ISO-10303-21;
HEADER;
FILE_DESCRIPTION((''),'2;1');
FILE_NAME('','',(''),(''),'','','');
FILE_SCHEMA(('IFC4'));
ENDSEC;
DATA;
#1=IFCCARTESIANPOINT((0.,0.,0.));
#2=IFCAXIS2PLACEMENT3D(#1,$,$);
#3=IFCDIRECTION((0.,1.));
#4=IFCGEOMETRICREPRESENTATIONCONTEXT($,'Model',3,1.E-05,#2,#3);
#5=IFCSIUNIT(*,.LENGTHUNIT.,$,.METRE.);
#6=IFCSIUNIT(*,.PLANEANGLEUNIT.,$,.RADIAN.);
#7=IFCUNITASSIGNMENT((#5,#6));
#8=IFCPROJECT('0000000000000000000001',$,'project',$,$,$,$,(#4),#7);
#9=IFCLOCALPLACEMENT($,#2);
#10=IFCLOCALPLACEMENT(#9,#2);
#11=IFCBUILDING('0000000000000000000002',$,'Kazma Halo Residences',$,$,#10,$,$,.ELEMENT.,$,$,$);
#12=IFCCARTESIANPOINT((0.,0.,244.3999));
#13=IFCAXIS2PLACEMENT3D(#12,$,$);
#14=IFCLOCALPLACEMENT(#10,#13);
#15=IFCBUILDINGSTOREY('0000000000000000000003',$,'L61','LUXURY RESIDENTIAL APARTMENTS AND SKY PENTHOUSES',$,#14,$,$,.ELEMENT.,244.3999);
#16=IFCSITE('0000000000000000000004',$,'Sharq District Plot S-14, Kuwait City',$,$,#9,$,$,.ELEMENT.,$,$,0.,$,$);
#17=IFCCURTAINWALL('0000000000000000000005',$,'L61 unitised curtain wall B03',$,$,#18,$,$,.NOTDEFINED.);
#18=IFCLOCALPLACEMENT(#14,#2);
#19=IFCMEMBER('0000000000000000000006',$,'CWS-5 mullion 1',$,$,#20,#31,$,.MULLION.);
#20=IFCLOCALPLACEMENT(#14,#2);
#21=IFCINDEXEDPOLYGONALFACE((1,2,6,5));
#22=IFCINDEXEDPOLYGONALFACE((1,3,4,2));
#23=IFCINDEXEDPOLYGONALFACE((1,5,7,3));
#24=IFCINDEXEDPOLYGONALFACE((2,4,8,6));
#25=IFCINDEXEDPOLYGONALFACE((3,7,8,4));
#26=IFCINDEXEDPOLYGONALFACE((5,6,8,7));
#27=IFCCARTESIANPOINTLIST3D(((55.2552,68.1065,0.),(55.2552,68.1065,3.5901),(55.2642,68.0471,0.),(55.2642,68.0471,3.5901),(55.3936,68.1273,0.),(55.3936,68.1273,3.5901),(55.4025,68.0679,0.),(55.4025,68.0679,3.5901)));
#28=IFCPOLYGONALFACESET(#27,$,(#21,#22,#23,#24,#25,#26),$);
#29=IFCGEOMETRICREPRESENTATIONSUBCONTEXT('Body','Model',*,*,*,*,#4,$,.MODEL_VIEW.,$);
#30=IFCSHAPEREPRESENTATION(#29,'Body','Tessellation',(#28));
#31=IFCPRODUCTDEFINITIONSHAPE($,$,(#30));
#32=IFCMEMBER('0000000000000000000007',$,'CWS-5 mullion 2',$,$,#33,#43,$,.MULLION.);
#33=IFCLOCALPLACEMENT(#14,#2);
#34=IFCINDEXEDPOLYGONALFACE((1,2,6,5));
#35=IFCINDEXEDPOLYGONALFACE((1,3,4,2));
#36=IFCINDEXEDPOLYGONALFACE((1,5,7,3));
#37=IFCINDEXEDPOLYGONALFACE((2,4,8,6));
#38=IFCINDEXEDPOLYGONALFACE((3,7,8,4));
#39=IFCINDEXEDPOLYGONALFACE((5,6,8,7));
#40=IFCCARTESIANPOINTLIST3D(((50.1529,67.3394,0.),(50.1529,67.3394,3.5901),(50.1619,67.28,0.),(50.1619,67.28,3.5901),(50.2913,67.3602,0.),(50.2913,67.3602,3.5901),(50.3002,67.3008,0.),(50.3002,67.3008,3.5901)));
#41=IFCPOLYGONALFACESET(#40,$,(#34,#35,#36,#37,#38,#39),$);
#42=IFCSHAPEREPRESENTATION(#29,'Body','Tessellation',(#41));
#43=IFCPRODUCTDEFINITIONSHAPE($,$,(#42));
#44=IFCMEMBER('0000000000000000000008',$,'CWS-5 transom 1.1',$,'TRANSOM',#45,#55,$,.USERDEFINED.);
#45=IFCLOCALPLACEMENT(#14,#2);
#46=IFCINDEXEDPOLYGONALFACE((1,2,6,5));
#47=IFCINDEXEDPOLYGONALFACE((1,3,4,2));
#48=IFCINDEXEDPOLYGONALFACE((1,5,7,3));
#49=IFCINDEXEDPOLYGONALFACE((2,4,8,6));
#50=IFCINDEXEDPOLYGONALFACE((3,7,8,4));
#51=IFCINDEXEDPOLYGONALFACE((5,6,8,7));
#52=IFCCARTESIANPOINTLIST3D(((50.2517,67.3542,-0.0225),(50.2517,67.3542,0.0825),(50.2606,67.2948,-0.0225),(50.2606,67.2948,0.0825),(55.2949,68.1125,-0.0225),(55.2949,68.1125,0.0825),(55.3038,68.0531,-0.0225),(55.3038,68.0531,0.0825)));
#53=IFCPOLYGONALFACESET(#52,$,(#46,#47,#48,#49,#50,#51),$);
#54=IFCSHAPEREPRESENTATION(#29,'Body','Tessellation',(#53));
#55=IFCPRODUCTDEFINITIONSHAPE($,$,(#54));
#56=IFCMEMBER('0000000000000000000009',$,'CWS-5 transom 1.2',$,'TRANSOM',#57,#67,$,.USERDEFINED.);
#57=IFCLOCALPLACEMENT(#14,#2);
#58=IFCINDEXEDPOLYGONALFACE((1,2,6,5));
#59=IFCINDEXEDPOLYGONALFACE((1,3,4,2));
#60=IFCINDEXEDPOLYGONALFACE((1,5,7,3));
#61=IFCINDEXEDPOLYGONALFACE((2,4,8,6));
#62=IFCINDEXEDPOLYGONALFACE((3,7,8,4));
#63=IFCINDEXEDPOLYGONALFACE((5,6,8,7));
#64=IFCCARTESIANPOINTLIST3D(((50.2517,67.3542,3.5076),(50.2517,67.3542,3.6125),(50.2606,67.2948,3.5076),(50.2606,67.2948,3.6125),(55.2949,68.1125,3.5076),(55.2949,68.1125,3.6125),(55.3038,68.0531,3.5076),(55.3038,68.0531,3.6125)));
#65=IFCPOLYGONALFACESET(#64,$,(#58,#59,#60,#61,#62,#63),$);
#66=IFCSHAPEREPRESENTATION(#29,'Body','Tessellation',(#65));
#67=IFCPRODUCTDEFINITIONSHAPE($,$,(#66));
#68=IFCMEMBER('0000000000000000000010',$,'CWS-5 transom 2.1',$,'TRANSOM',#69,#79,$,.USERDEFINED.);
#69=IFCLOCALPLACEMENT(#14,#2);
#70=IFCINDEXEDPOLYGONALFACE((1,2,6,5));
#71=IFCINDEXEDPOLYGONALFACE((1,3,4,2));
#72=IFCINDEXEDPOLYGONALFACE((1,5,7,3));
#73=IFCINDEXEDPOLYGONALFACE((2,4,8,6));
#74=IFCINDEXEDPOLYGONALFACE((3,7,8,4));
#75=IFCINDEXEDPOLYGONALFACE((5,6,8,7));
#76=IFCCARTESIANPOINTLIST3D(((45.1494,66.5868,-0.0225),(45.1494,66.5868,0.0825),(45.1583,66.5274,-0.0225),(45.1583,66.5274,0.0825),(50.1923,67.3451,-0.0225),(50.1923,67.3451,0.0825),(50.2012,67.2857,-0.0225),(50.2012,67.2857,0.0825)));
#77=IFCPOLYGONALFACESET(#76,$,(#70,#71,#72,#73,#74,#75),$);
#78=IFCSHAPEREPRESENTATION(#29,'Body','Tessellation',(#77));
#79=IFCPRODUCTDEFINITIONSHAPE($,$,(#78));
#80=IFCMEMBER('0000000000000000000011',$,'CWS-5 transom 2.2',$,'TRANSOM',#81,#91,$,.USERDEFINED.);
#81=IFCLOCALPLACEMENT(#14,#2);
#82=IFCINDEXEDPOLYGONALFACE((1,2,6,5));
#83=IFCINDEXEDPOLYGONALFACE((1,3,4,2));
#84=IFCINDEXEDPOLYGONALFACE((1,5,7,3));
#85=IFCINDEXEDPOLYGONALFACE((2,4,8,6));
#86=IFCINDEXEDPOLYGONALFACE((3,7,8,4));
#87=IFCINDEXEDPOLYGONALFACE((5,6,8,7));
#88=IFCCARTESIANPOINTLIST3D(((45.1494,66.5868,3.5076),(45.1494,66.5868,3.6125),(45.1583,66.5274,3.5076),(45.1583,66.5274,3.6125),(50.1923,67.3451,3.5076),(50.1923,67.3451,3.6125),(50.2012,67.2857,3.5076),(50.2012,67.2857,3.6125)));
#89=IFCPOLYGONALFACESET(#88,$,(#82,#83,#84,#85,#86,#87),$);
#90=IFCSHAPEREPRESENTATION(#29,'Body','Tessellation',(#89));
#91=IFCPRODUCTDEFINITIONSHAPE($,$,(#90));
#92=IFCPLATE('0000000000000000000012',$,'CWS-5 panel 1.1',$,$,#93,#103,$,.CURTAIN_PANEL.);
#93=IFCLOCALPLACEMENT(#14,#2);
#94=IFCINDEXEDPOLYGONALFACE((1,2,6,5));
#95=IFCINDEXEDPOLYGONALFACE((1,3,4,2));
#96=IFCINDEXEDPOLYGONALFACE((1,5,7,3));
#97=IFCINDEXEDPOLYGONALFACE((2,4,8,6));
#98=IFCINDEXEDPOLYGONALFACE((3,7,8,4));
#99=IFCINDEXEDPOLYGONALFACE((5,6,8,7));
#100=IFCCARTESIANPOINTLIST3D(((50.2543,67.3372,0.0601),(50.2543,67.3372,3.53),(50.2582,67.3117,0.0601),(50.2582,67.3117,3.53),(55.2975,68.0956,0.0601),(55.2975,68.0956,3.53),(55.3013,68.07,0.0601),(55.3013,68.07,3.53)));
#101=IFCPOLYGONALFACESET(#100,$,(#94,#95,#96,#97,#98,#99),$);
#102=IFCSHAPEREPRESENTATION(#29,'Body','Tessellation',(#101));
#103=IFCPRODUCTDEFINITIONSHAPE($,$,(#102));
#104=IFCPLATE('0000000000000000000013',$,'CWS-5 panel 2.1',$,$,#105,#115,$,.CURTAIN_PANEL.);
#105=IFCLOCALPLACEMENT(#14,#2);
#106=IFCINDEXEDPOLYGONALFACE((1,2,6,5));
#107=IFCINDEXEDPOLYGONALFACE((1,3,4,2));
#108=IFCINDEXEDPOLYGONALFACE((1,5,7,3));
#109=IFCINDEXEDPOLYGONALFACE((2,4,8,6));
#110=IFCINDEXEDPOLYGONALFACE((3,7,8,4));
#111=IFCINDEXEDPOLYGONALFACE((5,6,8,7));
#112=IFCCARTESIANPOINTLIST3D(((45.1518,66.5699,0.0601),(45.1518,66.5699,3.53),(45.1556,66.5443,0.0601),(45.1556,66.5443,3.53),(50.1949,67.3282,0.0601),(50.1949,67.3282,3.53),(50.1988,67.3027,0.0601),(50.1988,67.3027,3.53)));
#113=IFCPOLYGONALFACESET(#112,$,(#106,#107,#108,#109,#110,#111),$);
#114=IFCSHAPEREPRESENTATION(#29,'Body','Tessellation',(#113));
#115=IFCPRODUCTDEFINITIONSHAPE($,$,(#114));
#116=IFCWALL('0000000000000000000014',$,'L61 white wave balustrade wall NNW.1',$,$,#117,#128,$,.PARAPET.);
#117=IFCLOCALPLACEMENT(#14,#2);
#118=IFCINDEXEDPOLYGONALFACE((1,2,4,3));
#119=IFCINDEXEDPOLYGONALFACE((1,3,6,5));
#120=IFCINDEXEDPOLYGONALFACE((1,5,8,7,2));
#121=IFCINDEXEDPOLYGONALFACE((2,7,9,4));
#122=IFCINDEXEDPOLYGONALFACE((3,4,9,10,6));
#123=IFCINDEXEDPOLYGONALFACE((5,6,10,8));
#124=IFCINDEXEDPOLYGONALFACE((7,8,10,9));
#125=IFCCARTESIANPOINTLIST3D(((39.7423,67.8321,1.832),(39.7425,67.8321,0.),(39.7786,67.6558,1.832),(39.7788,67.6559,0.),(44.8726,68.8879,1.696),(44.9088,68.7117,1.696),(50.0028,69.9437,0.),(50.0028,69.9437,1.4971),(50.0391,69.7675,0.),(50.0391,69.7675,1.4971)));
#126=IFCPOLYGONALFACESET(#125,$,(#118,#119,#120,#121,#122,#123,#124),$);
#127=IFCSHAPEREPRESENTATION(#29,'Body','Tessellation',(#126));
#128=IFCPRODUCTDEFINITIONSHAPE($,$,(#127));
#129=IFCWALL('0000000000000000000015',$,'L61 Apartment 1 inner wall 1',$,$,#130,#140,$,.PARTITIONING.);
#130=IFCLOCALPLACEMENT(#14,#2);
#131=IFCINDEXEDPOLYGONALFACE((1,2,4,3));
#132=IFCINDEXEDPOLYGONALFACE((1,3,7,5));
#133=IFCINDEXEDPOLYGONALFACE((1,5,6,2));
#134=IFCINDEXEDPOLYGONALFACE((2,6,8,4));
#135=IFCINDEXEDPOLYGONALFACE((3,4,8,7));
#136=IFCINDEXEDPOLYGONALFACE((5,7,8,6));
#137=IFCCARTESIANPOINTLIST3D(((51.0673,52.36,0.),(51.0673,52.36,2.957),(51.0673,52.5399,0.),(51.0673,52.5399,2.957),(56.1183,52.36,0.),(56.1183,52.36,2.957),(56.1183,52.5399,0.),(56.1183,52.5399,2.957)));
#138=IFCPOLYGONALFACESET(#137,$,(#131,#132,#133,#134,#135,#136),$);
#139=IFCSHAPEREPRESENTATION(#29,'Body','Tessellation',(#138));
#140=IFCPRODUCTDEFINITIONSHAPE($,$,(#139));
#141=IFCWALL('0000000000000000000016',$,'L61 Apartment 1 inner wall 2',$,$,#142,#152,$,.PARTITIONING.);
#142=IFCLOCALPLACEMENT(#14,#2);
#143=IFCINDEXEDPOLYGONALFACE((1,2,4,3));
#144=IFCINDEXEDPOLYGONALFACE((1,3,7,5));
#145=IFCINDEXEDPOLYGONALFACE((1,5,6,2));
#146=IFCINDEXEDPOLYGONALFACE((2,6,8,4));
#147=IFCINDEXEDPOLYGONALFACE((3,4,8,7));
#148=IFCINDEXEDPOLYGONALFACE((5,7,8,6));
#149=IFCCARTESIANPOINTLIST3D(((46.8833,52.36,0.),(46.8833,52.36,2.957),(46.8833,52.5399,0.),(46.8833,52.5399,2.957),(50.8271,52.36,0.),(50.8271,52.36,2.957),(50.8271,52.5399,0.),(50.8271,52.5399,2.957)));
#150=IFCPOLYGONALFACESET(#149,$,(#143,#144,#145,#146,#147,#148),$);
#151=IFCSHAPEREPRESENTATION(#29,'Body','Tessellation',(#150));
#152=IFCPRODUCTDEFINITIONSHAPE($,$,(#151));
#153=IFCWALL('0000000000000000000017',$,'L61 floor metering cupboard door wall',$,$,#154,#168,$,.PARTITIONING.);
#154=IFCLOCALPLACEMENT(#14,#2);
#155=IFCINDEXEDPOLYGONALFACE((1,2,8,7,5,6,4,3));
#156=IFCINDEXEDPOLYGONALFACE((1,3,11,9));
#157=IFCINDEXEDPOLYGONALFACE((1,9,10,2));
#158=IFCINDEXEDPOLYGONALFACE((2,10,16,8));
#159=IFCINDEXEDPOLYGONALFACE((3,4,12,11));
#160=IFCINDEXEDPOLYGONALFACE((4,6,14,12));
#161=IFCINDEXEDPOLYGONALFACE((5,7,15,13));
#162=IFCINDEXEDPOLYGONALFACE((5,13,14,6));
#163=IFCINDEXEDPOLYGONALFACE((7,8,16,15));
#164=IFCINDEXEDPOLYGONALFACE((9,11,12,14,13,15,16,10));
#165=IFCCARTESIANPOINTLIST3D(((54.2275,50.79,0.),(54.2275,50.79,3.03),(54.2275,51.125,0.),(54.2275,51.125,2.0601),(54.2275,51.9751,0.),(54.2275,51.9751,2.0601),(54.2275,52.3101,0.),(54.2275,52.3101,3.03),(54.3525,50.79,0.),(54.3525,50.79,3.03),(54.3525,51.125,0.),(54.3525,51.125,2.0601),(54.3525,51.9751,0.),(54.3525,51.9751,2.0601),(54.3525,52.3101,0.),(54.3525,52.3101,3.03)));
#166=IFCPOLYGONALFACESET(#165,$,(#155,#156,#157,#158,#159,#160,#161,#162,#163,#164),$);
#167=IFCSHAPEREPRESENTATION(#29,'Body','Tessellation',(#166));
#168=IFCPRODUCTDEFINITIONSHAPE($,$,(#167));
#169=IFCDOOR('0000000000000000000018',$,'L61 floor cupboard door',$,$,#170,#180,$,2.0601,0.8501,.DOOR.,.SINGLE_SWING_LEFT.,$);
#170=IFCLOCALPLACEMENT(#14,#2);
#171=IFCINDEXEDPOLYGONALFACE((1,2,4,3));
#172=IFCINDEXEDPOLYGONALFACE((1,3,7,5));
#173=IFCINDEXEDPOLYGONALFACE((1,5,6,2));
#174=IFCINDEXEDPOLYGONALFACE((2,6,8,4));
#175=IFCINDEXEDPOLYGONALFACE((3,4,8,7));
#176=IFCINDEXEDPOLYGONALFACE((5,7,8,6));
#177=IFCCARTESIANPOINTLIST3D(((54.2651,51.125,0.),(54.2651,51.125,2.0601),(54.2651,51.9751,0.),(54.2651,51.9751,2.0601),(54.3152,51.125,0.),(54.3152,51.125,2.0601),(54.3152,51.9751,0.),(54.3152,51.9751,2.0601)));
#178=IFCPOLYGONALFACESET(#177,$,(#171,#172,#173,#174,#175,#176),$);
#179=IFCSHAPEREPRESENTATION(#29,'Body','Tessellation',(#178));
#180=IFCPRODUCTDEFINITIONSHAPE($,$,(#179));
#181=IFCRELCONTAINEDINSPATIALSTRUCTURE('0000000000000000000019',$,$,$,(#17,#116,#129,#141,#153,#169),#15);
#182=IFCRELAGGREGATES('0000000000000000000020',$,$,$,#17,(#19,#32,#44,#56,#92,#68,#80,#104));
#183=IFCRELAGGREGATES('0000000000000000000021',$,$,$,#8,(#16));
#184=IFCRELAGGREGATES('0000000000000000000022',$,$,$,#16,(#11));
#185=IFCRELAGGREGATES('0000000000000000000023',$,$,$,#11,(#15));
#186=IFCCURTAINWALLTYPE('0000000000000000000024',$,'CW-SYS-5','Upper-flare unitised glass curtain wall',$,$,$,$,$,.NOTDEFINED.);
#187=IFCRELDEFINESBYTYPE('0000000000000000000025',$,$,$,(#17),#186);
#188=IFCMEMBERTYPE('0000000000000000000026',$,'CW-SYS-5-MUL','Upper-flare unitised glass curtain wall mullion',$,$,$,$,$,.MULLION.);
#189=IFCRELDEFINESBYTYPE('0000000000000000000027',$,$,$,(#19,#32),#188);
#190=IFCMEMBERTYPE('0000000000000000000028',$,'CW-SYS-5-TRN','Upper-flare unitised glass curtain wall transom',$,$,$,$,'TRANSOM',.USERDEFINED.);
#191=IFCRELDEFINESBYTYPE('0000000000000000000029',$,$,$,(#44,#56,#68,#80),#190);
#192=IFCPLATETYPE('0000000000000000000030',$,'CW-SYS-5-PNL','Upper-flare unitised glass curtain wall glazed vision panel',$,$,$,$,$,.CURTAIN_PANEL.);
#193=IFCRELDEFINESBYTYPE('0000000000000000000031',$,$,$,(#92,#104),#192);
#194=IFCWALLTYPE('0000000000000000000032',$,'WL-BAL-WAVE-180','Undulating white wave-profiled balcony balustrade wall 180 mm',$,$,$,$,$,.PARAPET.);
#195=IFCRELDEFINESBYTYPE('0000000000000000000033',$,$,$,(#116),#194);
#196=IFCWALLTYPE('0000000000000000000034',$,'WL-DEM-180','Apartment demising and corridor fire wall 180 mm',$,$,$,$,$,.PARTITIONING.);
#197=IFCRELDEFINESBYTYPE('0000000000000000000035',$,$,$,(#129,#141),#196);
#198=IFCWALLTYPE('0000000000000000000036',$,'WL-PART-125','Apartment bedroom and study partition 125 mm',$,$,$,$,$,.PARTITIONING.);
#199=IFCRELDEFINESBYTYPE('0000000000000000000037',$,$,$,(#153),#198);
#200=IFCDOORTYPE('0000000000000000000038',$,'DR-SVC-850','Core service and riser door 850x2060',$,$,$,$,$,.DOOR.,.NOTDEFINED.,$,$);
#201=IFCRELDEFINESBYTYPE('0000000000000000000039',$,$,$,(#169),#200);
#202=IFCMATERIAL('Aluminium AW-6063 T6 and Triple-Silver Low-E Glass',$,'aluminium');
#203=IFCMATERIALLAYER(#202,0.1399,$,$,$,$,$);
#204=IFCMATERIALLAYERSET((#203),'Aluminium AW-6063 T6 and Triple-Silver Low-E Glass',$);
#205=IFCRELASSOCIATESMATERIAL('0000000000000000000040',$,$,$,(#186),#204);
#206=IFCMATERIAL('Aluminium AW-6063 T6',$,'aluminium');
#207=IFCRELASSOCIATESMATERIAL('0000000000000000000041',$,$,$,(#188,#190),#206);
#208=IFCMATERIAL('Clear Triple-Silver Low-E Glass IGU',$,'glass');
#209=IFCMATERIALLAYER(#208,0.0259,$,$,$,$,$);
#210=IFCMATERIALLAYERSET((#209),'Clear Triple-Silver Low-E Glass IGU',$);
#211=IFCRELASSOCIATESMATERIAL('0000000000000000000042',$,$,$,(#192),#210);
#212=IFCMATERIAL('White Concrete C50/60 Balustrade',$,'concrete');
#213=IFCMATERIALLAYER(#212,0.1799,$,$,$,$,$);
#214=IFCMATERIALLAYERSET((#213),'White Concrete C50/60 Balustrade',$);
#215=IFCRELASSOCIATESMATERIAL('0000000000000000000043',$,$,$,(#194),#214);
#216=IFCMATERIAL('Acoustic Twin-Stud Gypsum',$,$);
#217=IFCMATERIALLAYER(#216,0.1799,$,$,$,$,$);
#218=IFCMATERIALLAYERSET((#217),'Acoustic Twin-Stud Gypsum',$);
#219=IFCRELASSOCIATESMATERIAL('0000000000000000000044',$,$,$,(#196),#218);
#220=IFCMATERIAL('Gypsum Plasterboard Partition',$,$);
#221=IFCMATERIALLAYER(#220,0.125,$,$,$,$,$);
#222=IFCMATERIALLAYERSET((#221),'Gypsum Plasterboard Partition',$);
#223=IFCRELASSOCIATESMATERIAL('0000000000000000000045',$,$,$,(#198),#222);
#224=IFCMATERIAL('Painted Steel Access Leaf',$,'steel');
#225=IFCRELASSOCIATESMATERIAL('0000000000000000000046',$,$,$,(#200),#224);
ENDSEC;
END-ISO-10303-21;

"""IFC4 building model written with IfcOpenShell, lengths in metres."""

from ifc_helpers import new_model, si_unit, direction, frame, frame_2d, origin, origin_2d, place, context, subcontext, project, spatial, polyline, rectangle, outline, extrude, material, layer, layer_set, material_profile, profile_set, type_object, element, fill, aggregate, save


model = new_model("IFC4")

# Units and contexts
model_context = context("Model", 3, precision=1e-05, world=origin(), true_north=direction((0.0, 1.0)))
body_context = subcontext(model_context, "Body", "Model", "MODEL_VIEW")
ifc_project = project(units=[si_unit("LENGTHUNIT", "METRE"), si_unit("PLANEANGLEUNIT", "RADIAN")], contexts=[model_context])

# Site, building, storey
site_placement = place(None, origin())
site = spatial("IfcSite", under=ifc_project, at=site_placement, Name="Sharq District Plot S-14, Kuwait City", CompositionType="ELEMENT", RefElevation=0.0)
building_placement = place(site_placement, origin())
building = spatial("IfcBuilding", under=site, at=building_placement, Name="Kazma Halo Residences", CompositionType="ELEMENT")
storey_placement = place(building_placement, frame((0.0, 0.0, 244.3999)))
storey = spatial("IfcBuildingStorey", under=building, at=storey_placement, Name="L61", Description="LUXURY RESIDENTIAL APARTMENTS AND SKY PENTHOUSES", CompositionType="ELEMENT", Elevation=244.3999)

# Curtain wall, members, plates
ifc_material_1 = material(Name="Aluminium AW-6063 T6 and Triple-Silver Low-E Glass", Category="aluminium")
ifc_layer_1 = layer(ifc_material_1, 0.1399)
ifc_layer_set_1 = layer_set([ifc_layer_1], Name="Aluminium AW-6063 T6 and Triple-Silver Low-E Glass")
curtain_wall_type = type_object("IfcCurtainWallType", Name="CW-SYS-5", Description="Upper-flare unitised glass curtain wall", PredefinedType="NOTDEFINED", material=ifc_layer_set_1)
curtain_wall_placement = place(storey_placement, origin())
curtain_wall = element("IfcCurtainWall", 1, at=curtain_wall_placement, inside=storey, type_object=curtain_wall_type, Name="L61 unitised curtain wall B03", PredefinedType="NOTDEFINED")
ifc_material_2 = material(Name="Aluminium AW-6063 T6", Category="aluminium")
ifc_material_profile_1 = material_profile(ifc_material_2, rectangle(XDim=0.0601, YDim=0.1399, at=origin_2d()), Name="CWM-60x140")
ifc_profile_set_1 = profile_set([ifc_material_profile_1], Name="Aluminium AW-6063 T6")
member_type_1 = type_object("IfcMemberType", Name="CW-SYS-5-MUL", Description="Upper-flare unitised glass curtain wall mullion", PredefinedType="MULLION", material=ifc_profile_set_1)
member_1_placement = place(storey_placement, frame((55.3289, 68.0872, 0.0), z_axis=(0.0, 0.0, 1.0), x_axis=(0.148697, -0.988883, 0.0)))
member_1 = element("IfcMember", 2, at=member_1_placement, type_object=member_type_1, Name="CWS-5 mullion 1", PredefinedType="MULLION", context=body_context, shape_type="SweptSolid", body=[
    extrude(rectangle(XDim=0.0601, YDim=0.1399, at=origin_2d()), origin(), (0.0, 0.0, 1.0), 3.5901),
])
member_2_placement = place(storey_placement, frame((50.2266, 67.3201, 0.0), z_axis=(0.0, 0.0, 1.0), x_axis=(0.148697, -0.988883, 0.0)))
member_2 = element("IfcMember", 3, at=member_2_placement, type_object=member_type_1, Name="CWS-5 mullion 2", PredefinedType="MULLION", context=body_context, shape_type="SweptSolid", body=[
    extrude(rectangle(XDim=0.0601, YDim=0.1399, at=origin_2d()), origin(), (0.0, 0.0, 1.0), 3.5901),
])
ifc_material_profile_2 = material_profile(ifc_material_2, rectangle(XDim=0.0601, YDim=0.105, at=origin_2d()), Name="CWT-60x105")
ifc_profile_set_2 = profile_set([ifc_material_profile_2], Name="Aluminium AW-6063 T6")
member_type_2 = type_object("IfcMemberType", Name="CW-SYS-5-TRN", Description="Upper-flare unitised glass curtain wall transom", ElementType="TRANSOM", PredefinedType="USERDEFINED", material=ifc_profile_set_2)
member_3_placement = place(storey_placement, frame((55.2993, 68.0828, 0.03), z_axis=(-0.988884, -0.148689, 0.0), x_axis=(0.148689, -0.988884, 0.0)))
member_3 = element("IfcMember", 4, at=member_3_placement, type_object=member_type_2, Name="CWS-5 transom 1.1", ObjectType="TRANSOM", PredefinedType="USERDEFINED", context=body_context, shape_type="SweptSolid", body=[
    extrude(rectangle(XDim=0.0601, YDim=0.105, at=origin_2d()), origin(), (0.0, 0.0, 1.0), 5.0999),
])
member_4_placement = place(storey_placement, frame((55.2993, 68.0828, 3.5601), z_axis=(-0.988884, -0.148689, 0.0), x_axis=(0.148689, -0.988884, 0.0)))
member_4 = element("IfcMember", 5, at=member_4_placement, type_object=member_type_2, Name="CWS-5 transom 1.2", ObjectType="TRANSOM", PredefinedType="USERDEFINED", context=body_context, shape_type="SweptSolid", body=[
    extrude(rectangle(XDim=0.0601, YDim=0.105, at=origin_2d()), origin(), (0.0, 0.0, 1.0), 5.0999),
])
member_5_placement = place(storey_placement, frame((50.1968, 67.3154, 0.03), z_axis=(-0.988883, -0.148696, 0.0), x_axis=(0.148696, -0.988883, 0.0)))
member_5 = element("IfcMember", 6, at=member_5_placement, type_object=member_type_2, Name="CWS-5 transom 2.1", ObjectType="TRANSOM", PredefinedType="USERDEFINED", context=body_context, shape_type="SweptSolid", body=[
    extrude(rectangle(XDim=0.0601, YDim=0.105, at=origin_2d()), origin(), (0.0, 0.0, 1.0), 5.0996),
])
member_6_placement = place(storey_placement, frame((50.1968, 67.3154, 3.5601), z_axis=(-0.988883, -0.148696, 0.0), x_axis=(0.148696, -0.988883, 0.0)))
member_6 = element("IfcMember", 7, at=member_6_placement, type_object=member_type_2, Name="CWS-5 transom 2.2", ObjectType="TRANSOM", PredefinedType="USERDEFINED", context=body_context, shape_type="SweptSolid", body=[
    extrude(rectangle(XDim=0.0601, YDim=0.105, at=origin_2d()), origin(), (0.0, 0.0, 1.0), 5.0996),
])
ifc_material_3 = material(Name="Clear Triple-Silver Low-E Glass IGU", Category="glass")
ifc_layer_2 = layer(ifc_material_3, 0.0259)
ifc_layer_set_2 = layer_set([ifc_layer_2], Name="Clear Triple-Silver Low-E Glass IGU")
plate_type = type_object("IfcPlateType", Name="CW-SYS-5-PNL", Description="Upper-flare unitised glass curtain wall glazed vision panel", PredefinedType="CURTAIN_PANEL", material=ifc_layer_set_2)
plate_1_placement = place(storey_placement, frame((52.7778, 67.7036, 0.0601), z_axis=(0.0, 0.0, 1.0), x_axis=(-0.988883, -0.148697, 0.0)))
plate_1 = element("IfcPlate", 8, at=plate_1_placement, type_object=plate_type, Name="CWS-5 panel 1.1", PredefinedType="CURTAIN_PANEL", context=body_context, shape_type="SweptSolid", body=[
    extrude(rectangle(XDim=5.0999, YDim=0.0259, at=origin_2d()), origin(), (0.0, 0.0, 1.0), 3.47),
])
plate_2_placement = place(storey_placement, frame((47.6753, 66.9363, 0.0601), z_axis=(0.0, 0.0, 1.0), x_axis=(-0.988883, -0.148697, 0.0)))
plate_2 = element("IfcPlate", 9, at=plate_2_placement, type_object=plate_type, Name="CWS-5 panel 2.1", PredefinedType="CURTAIN_PANEL", context=body_context, shape_type="SweptSolid", body=[
    extrude(rectangle(XDim=5.0999, YDim=0.0259, at=origin_2d()), origin(), (0.0, 0.0, 1.0), 3.47),
])
aggregate(curtain_wall, [member_1, member_2, member_3, member_4, plate_1, member_5, member_6, plate_2])

# Walls
ifc_material_4 = material(Name="White Concrete C50/60 Balustrade", Category="concrete")
ifc_layer_3 = layer(ifc_material_4, 0.1799)
ifc_layer_set_3 = layer_set([ifc_layer_3], Name="White Concrete C50/60 Balustrade")
wall_type_1 = type_object("IfcWallType", Name="WL-BAL-WAVE-180", Description="Undulating white wave-profiled balcony balustrade wall 180 mm", PredefinedType="PARAPET", material=ifc_layer_set_3)
wall_1_placement = place(storey_placement, frame((50.021, 69.8555, 0.0), z_axis=(0.0, 0.0, 1.0), x_axis=(-0.979473, -0.201577, 0.0)))
element("IfcWall", 10, at=wall_1_placement, inside=storey, type_object=wall_type_1, Name="L61 white wave balustrade wall NNW.1", PredefinedType="PARAPET", context=body_context, shape_type="SweptSolid", body=[
    extrude(outline(polyline([(0.0, 0.0), (10.4753, 0.0), (10.4756, 1.832), (5.2378, 1.696), (0.0, 1.4971), (0.0, 0.0)])), frame((0.0, 0.0898, 0.0), z_axis=(0.0, -1.0, 0.0), x_axis=(1.0, 0.0, 0.0)), (0.0, 0.0, 1.0), 0.1799),
])
ifc_material_5 = material(Name="Acoustic Twin-Stud Gypsum")
ifc_layer_4 = layer(ifc_material_5, 0.1799)
ifc_layer_set_4 = layer_set([ifc_layer_4], Name="Acoustic Twin-Stud Gypsum")
wall_type_2 = type_object("IfcWallType", Name="WL-DEM-180", Description="Apartment demising and corridor fire wall 180 mm", PredefinedType="PARTITIONING", material=ifc_layer_set_4)
wall_2_placement = place(storey_placement, frame((56.1182, 52.45, 0.0), z_axis=(0.0, 0.0, 1.0), x_axis=(-1.0, 0.0, 0.0)))
element("IfcWall", 11, at=wall_2_placement, inside=storey, type_object=wall_type_2, Name="L61 Apartment 1 inner wall 1", PredefinedType="PARTITIONING", context=body_context, shape_type="SweptSolid", body=[
    extrude(rectangle(XDim=5.051, YDim=0.1799, at=frame_2d((2.5254, 0.0))), origin(), (0.0, 0.0, 1.0), 2.957),
])
wall_3_placement = place(storey_placement, frame((50.8271, 52.45, 0.0), z_axis=(0.0, 0.0, 1.0), x_axis=(-1.0, 0.0, 0.0)))
element("IfcWall", 12, at=wall_3_placement, inside=storey, type_object=wall_type_2, Name="L61 Apartment 1 inner wall 2", PredefinedType="PARTITIONING", context=body_context, shape_type="SweptSolid", body=[
    extrude(rectangle(XDim=3.9438, YDim=0.1799, at=frame_2d((1.9719, 0.0))), origin(), (0.0, 0.0, 1.0), 2.957),
])

# Wall, opening, door
ifc_material_6 = material(Name="Gypsum Plasterboard Partition")
ifc_layer_5 = layer(ifc_material_6, 0.125)
ifc_layer_set_5 = layer_set([ifc_layer_5], Name="Gypsum Plasterboard Partition")
wall_type_3 = type_object("IfcWallType", Name="WL-PART-125", Description="Apartment bedroom and study partition 125 mm", PredefinedType="PARTITIONING", material=ifc_layer_set_5)
wall_4_placement = place(storey_placement, frame((54.29, 50.79, 0.0), z_axis=(0.0, 0.0, 1.0), x_axis=(0.0, 1.0, 0.0)))
wall_4 = element("IfcWall", 13, at=wall_4_placement, inside=storey, type_object=wall_type_3, Name="L61 floor metering cupboard door wall", PredefinedType="PARTITIONING", context=body_context, shape_type="SweptSolid", body=[
    extrude(rectangle(XDim=1.52, YDim=0.125, at=frame_2d((0.76, 0.0))), origin(), (0.0, 0.0, 1.0), 3.03),
])
opening_1_placement = place(wall_4_placement, frame((0.335, 0.0, 0.0)))
opening_1 = element("IfcOpeningElement", 14, at=opening_1_placement, cuts=wall_4, PredefinedType="OPENING", context=body_context, shape_type="SweptSolid", body=[
    extrude(rectangle(XDim=0.8501, YDim=2.0601, at=frame_2d((0.425, 1.03))), frame((0.0, 0.0725, 0.0), z_axis=(0.0, -1.0, 0.0), x_axis=(1.0, 0.0, 0.0)), (0.0, 0.0, 1.0), 0.145),
])
ifc_material_7 = material(Name="Painted Steel Access Leaf", Category="steel")
door_type_1 = type_object("IfcDoorType", Name="DR-SVC-850", Description="Core service and riser door 850x2060", OperationType="NOTDEFINED", PredefinedType="DOOR", material=ifc_material_7)
door_1_placement = place(opening_1_placement, origin())
door_1 = element("IfcDoor", 15, at=door_1_placement, inside=storey, type_object=door_type_1, Name="L61 floor cupboard door", OperationType="SINGLE_SWING_LEFT", OverallHeight=2.0601, OverallWidth=0.8501, PredefinedType="DOOR", context=body_context, shape_type="SweptSolid", body=[
    extrude(rectangle(XDim=0.8501, YDim=2.0601, at=frame_2d((0.425, 1.03))), frame((0.0, 0.0249, 0.0), z_axis=(0.0, -1.0, 0.0), x_axis=(1.0, 0.0, 0.0)), (0.0, 0.0, 1.0), 0.05),
])
fill(opening_1, door_1)

save(model, "model.ifc")
